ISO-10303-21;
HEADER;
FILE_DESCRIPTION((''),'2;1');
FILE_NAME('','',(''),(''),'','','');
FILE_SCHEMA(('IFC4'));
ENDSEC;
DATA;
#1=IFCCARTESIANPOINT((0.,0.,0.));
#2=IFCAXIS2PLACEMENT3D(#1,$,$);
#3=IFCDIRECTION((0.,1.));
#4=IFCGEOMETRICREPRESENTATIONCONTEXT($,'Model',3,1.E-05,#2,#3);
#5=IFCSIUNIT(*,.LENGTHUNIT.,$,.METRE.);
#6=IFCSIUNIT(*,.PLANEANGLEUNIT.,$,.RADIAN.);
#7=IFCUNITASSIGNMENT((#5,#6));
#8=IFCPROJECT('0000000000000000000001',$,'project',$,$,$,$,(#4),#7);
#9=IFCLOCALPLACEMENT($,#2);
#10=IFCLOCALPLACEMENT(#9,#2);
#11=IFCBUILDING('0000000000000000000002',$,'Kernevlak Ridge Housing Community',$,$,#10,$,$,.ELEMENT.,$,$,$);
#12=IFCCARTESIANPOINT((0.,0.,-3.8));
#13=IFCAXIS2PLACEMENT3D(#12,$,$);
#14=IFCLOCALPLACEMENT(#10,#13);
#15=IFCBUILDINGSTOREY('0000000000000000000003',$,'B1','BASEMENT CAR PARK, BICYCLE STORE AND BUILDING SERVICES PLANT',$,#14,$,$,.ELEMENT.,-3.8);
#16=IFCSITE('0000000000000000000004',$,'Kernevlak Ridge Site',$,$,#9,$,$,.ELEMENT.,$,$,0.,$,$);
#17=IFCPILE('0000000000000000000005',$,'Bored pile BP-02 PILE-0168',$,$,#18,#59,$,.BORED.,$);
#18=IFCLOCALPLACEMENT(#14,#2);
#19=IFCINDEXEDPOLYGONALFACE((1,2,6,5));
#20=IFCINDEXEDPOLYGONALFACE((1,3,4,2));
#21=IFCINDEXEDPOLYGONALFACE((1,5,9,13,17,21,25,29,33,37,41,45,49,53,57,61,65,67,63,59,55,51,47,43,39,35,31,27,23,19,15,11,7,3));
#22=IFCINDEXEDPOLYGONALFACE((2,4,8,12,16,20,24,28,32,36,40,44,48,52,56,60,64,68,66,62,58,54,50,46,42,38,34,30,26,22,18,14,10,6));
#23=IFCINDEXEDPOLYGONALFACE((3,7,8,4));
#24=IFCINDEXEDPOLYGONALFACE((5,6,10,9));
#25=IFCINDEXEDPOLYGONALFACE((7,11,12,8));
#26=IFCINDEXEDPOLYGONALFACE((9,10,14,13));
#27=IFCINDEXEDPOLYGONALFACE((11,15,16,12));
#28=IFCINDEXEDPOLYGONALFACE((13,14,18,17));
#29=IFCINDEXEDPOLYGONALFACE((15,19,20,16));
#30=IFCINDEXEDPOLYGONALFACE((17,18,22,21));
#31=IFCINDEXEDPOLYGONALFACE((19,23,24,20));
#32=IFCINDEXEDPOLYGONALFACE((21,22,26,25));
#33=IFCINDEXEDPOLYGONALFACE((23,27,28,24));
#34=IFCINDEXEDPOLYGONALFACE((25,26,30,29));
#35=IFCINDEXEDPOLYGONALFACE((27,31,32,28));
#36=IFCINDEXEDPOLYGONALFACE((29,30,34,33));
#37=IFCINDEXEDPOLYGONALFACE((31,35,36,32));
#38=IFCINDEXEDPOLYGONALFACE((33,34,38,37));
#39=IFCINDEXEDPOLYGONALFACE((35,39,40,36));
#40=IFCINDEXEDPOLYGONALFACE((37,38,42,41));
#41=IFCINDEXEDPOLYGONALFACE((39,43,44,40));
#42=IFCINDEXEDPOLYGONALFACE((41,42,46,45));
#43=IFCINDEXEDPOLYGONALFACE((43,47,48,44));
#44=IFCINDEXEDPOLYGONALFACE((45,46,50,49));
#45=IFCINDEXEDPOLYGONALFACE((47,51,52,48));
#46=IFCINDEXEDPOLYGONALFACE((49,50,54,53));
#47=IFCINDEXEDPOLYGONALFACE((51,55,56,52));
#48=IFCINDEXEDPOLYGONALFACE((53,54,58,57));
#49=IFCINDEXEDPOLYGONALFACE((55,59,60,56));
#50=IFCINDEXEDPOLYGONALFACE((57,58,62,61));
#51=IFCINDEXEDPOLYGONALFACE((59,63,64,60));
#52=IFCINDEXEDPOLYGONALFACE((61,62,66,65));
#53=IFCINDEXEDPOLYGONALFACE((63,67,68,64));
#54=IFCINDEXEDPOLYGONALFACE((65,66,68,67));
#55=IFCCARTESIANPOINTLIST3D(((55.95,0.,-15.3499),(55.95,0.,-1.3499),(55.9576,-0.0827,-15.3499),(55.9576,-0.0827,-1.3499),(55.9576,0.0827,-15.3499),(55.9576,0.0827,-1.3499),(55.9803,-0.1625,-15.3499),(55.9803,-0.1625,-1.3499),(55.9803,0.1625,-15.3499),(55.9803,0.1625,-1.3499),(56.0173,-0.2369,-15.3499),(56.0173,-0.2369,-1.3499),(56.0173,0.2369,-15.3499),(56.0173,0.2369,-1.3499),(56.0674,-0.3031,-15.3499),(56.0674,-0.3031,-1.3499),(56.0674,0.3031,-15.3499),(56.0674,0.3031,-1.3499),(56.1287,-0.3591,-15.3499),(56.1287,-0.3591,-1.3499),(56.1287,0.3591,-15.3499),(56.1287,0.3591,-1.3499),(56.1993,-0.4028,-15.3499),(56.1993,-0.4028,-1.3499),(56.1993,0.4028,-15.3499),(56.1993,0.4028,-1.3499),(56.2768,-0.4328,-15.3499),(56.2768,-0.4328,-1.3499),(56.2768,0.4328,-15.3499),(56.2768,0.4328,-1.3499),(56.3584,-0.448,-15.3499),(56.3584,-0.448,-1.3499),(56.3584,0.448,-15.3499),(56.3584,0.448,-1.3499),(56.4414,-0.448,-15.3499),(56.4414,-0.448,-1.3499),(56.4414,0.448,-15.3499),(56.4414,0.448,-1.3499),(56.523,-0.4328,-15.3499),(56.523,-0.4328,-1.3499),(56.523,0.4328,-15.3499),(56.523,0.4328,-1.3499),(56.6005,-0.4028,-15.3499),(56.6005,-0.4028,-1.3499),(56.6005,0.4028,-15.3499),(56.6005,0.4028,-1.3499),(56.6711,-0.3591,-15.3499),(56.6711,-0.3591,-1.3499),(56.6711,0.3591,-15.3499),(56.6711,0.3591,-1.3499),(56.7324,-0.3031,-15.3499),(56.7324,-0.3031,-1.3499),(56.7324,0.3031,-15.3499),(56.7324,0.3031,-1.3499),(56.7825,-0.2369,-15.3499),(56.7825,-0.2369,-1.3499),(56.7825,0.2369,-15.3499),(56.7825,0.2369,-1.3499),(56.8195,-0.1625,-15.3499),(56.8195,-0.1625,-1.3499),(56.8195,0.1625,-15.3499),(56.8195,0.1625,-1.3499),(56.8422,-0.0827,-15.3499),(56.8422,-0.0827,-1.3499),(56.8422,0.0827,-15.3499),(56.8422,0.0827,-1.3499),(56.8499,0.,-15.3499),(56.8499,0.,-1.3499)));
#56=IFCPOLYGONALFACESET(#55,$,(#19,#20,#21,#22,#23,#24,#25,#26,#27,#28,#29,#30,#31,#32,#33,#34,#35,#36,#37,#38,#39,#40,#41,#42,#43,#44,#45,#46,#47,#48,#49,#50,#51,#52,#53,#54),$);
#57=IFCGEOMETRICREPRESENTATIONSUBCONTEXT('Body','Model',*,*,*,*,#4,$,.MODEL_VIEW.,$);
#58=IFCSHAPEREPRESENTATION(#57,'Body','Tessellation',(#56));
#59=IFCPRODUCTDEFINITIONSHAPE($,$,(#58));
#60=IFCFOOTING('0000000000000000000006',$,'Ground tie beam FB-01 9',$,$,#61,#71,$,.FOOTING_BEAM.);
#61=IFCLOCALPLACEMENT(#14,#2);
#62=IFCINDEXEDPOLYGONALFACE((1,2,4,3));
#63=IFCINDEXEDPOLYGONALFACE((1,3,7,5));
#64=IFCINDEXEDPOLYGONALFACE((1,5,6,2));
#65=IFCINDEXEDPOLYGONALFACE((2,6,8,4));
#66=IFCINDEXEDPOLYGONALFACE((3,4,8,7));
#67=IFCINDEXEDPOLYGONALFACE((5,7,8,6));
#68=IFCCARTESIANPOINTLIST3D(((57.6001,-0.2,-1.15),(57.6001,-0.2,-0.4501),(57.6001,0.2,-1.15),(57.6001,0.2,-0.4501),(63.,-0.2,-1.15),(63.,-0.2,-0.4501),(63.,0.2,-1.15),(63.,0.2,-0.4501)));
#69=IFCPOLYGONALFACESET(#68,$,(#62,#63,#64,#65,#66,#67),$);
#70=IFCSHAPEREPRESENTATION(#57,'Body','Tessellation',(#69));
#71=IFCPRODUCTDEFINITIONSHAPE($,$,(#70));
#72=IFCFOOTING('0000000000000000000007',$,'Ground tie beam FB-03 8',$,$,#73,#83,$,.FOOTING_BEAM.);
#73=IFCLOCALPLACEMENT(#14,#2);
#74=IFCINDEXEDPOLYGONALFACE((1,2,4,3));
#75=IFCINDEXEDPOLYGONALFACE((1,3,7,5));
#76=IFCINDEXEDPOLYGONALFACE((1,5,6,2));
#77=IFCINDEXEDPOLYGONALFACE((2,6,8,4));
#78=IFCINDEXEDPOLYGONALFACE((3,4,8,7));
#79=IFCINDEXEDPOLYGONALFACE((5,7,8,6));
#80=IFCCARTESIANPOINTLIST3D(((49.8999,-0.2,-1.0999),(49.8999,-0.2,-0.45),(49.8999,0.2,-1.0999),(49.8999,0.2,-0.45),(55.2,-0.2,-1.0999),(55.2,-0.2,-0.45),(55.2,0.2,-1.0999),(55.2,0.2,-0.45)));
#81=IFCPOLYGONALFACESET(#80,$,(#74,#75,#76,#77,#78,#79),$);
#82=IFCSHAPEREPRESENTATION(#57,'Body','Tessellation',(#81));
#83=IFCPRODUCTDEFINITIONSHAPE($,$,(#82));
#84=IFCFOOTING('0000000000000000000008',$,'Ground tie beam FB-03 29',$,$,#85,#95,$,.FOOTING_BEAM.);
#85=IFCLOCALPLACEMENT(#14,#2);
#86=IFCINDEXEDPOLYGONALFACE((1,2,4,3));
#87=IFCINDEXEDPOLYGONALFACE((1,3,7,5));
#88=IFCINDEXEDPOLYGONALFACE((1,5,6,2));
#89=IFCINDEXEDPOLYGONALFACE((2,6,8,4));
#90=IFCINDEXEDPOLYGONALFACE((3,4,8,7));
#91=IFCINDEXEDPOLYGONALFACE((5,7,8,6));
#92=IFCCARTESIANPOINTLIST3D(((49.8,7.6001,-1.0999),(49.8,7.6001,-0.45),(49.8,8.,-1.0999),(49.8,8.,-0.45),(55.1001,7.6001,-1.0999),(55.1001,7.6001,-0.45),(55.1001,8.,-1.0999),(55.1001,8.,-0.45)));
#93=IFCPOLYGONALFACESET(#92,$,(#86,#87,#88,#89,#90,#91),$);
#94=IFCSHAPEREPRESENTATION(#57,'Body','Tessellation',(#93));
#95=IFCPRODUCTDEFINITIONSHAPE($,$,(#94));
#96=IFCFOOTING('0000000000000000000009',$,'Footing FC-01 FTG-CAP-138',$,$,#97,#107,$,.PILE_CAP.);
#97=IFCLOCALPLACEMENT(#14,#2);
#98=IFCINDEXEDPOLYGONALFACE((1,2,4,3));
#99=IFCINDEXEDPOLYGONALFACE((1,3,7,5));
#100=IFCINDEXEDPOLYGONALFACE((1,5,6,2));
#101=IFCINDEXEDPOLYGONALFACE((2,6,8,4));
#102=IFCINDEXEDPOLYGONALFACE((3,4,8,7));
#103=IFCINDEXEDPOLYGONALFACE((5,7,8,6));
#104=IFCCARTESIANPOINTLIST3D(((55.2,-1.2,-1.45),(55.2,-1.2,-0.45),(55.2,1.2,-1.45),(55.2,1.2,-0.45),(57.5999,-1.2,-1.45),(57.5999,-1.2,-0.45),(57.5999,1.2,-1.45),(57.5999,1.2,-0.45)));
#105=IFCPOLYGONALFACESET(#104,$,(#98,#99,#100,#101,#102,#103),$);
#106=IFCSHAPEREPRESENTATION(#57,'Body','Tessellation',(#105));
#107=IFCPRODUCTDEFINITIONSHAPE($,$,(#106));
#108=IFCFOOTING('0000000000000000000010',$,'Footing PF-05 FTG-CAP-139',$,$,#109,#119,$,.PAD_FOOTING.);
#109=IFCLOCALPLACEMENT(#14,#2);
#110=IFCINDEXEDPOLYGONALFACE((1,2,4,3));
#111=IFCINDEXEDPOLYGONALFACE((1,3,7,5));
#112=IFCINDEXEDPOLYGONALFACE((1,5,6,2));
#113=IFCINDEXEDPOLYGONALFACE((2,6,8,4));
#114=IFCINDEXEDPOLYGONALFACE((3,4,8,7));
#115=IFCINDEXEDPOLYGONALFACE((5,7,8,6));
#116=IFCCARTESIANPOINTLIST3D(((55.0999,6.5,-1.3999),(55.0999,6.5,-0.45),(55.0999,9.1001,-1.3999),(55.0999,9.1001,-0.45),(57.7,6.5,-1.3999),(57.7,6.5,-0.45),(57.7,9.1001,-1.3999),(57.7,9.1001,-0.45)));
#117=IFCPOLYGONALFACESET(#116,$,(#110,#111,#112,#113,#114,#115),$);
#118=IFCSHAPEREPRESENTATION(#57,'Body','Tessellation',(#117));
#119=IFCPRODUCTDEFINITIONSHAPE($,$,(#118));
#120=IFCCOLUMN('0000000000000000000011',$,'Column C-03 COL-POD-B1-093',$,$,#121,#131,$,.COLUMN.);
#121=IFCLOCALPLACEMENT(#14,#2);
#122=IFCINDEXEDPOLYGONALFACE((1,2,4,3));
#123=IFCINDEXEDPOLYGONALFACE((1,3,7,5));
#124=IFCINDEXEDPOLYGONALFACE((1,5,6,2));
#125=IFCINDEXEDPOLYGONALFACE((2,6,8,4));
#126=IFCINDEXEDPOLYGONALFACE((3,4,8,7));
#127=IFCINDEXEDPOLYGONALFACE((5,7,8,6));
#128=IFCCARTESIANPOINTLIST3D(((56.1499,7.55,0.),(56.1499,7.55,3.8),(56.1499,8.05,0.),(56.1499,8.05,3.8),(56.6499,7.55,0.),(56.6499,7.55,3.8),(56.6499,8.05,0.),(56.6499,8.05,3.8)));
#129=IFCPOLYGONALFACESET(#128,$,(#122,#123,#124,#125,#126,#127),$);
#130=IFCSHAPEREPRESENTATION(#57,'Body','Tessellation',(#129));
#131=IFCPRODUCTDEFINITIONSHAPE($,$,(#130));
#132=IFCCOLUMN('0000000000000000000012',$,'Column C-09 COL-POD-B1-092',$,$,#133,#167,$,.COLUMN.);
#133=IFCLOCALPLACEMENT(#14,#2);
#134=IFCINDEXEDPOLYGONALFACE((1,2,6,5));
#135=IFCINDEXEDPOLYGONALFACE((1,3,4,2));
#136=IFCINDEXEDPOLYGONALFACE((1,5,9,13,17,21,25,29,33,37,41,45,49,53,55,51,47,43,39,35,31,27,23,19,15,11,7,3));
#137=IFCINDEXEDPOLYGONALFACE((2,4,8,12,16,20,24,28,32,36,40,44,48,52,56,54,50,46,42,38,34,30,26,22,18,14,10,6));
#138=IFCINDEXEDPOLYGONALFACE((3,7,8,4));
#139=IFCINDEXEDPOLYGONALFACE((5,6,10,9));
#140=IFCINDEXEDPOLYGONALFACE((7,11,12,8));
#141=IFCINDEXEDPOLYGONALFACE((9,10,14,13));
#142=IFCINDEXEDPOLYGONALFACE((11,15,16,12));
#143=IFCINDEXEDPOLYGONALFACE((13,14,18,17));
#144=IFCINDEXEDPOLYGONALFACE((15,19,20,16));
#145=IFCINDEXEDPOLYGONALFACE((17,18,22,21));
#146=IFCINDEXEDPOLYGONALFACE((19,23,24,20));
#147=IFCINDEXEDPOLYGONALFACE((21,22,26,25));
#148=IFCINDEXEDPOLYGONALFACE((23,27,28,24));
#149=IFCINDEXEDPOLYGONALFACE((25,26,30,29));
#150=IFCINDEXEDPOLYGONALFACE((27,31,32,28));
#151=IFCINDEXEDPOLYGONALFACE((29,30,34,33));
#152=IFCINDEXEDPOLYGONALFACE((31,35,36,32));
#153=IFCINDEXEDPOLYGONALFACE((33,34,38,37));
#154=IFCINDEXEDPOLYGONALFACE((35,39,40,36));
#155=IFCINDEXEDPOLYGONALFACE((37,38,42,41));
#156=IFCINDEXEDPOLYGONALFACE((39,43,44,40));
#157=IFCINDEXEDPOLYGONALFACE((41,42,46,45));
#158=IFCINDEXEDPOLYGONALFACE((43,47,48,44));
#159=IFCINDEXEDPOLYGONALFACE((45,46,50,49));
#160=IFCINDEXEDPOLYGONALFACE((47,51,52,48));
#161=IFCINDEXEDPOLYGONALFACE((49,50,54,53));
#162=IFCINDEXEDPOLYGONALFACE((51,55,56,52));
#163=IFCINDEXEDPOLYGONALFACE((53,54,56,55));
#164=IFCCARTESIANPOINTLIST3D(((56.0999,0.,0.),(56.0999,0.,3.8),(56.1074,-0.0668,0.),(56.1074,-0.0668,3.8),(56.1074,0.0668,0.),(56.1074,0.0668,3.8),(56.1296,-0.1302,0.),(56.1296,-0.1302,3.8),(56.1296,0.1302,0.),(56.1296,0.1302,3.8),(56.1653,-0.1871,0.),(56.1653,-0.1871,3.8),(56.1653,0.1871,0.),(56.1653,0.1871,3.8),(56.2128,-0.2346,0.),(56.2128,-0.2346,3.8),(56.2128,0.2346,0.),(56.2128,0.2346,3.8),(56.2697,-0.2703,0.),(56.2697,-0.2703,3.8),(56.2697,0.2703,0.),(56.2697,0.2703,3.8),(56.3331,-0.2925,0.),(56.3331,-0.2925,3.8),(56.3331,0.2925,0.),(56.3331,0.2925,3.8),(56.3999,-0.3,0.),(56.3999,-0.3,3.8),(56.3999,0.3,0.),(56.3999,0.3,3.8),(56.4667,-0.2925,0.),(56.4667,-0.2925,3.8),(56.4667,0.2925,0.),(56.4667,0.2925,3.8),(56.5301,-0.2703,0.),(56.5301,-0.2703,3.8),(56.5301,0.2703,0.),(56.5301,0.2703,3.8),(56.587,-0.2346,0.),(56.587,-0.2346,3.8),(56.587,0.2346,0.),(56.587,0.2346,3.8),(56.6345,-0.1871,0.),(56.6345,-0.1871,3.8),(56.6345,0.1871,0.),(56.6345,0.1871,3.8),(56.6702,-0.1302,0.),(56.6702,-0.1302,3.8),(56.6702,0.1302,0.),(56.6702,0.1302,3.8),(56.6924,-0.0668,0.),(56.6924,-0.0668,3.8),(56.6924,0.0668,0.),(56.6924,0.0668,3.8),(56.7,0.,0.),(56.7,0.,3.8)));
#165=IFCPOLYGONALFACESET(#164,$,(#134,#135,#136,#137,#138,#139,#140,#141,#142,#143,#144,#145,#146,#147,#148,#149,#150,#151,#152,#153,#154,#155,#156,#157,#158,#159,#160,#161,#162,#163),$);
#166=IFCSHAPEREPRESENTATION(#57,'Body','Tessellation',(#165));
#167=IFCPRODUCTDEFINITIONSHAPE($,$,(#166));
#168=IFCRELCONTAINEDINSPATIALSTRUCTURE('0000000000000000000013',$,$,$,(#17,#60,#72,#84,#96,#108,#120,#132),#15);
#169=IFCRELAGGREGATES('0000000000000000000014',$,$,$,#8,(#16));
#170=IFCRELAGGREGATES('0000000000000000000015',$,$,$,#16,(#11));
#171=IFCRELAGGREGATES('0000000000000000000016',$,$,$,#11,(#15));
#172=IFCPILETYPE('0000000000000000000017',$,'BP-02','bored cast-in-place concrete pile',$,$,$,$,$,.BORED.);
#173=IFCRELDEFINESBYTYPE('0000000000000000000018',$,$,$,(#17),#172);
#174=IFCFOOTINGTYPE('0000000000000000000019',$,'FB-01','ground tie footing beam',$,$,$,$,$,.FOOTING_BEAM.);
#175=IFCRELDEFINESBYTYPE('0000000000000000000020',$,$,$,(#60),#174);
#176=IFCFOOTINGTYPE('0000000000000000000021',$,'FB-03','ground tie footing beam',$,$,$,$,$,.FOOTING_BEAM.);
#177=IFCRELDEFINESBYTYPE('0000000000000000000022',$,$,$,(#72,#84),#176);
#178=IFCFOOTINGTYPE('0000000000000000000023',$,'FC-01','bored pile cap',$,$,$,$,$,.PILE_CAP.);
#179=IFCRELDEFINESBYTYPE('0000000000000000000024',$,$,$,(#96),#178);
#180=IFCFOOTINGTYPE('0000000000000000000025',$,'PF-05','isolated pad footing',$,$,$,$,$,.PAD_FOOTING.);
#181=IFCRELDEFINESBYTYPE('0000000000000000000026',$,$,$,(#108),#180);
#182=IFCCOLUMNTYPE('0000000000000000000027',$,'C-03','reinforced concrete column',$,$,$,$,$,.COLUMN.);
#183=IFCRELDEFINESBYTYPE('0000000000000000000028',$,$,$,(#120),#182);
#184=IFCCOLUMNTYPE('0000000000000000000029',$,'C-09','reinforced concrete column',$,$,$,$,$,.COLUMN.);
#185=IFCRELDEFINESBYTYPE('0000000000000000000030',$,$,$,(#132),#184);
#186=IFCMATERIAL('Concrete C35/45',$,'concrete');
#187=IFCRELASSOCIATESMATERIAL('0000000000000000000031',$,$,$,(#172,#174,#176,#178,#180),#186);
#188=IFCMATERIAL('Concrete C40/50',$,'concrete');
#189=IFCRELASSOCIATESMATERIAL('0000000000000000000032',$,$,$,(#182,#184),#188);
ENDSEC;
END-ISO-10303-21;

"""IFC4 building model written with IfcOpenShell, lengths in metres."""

from ifc_helpers import new_model, si_unit, direction, frame, origin, origin_2d, place, context, subcontext, project, spatial, rectangle, circle, extrude, material, material_profile, profile_set, type_object, element, save


model = new_model("IFC4")

# Units and contexts
model_context = context("Model", 3, precision=1e-05, world=origin(), true_north=direction((0.0, 1.0)))
body_context = subcontext(model_context, "Body", "Model", "MODEL_VIEW")
ifc_project = project(units=[si_unit("LENGTHUNIT", "METRE"), si_unit("PLANEANGLEUNIT", "RADIAN")], contexts=[model_context])

# Site, building, storey
site_placement = place(None, origin())
site = spatial("IfcSite", under=ifc_project, at=site_placement, Name="Kernevlak Ridge Site", CompositionType="ELEMENT", RefElevation=0.0)
building_placement = place(site_placement, origin())
building = spatial("IfcBuilding", under=site, at=building_placement, Name="Kernevlak Ridge Housing Community", CompositionType="ELEMENT")
storey_placement = place(building_placement, frame((0.0, 0.0, -3.8)))
storey = spatial("IfcBuildingStorey", under=building, at=storey_placement, Name="B1", Description="BASEMENT CAR PARK, BICYCLE STORE AND BUILDING SERVICES PLANT", CompositionType="ELEMENT", Elevation=-3.8)

# Pile
ifc_material_1 = material(Name="Concrete C35/45", Category="concrete")
ifc_material_profile_1 = material_profile(ifc_material_1, circle(Radius=0.45, at=origin_2d()), Name="BORED PILE 900")
ifc_profile_set_1 = profile_set([ifc_material_profile_1], Name="Concrete C35/45")
pile_type = type_object("IfcPileType", Name="BP-02", Description="bored cast-in-place concrete pile", PredefinedType="BORED", material=ifc_profile_set_1)
pile_placement = place(storey_placement, frame((56.3999, 0.0, -1.3499), z_axis=(0.0, 0.0, -1.0), x_axis=(1.0, 0.0, 0.0)))
element("IfcPile", 1, at=pile_placement, inside=storey, type_object=pile_type, Name="Bored pile BP-02 PILE-0168", PredefinedType="BORED", context=body_context, shape_type="SweptSolid", body=[
    extrude(circle(Radius=0.45, at=origin_2d()), origin(), (0.0, 0.0, 1.0), 14.0),
])

# Footings
ifc_material_profile_2 = material_profile(ifc_material_1, rectangle(XDim=0.3999, YDim=0.7, at=origin_2d()), Name="RC 400x700")
ifc_profile_set_2 = profile_set([ifc_material_profile_2], Name="Concrete C35/45")
footing_type_1 = type_object("IfcFootingType", Name="FB-01", Description="ground tie footing beam", PredefinedType="FOOTING_BEAM", material=ifc_profile_set_2)
footing_1_placement = place(storey_placement, frame((57.6001, 0.0, -0.8), z_axis=(1.0, 0.0, 0.0), x_axis=(0.0, 1.0, 0.0)))
element("IfcFooting", 2, at=footing_1_placement, inside=storey, type_object=footing_type_1, Name="Ground tie beam FB-01 9", PredefinedType="FOOTING_BEAM", context=body_context, shape_type="SweptSolid", body=[
    extrude(rectangle(XDim=0.3999, YDim=0.7, at=origin_2d()), origin(), (0.0, 0.0, 1.0), 5.3999),
])
ifc_material_profile_3 = material_profile(ifc_material_1, rectangle(XDim=0.3999, YDim=0.6499, at=origin_2d()), Name="RC 400x650")
ifc_profile_set_3 = profile_set([ifc_material_profile_3], Name="Concrete C35/45")
footing_type_2 = type_object("IfcFootingType", Name="FB-03", Description="ground tie footing beam", PredefinedType="FOOTING_BEAM", material=ifc_profile_set_3)
for number, where, z_axis, x_axis, name in (
    (3, (49.8999, 0.0, -0.7749), (1.0, 0.0, 0.0), (0.0, 1.0, 0.0), "Ground tie beam FB-03 8"),
    (4, (49.8, 7.8, -0.7749), (1.0, 0.0, 0.0), (0.0, 1.0, 0.0), "Ground tie beam FB-03 29"),
):
    element("IfcFooting", number, at=place(storey_placement, frame(where, z_axis=z_axis, x_axis=x_axis)), inside=storey, type_object=footing_type_2, Name=name, PredefinedType="FOOTING_BEAM", context=body_context, shape_type="SweptSolid", body=[
        extrude(rectangle(XDim=0.3999, YDim=0.6499, at=origin_2d()), origin(), (0.0, 0.0, 1.0), 5.3),
    ])
footing_type_3 = type_object("IfcFootingType", Name="FC-01", Description="bored pile cap", PredefinedType="PILE_CAP", material=ifc_material_1)
footing_2_placement = place(storey_placement, frame((56.3999, 0.0, -1.45), z_axis=(0.0, 0.0, 1.0), x_axis=(1.0, 0.0, 0.0)))
element("IfcFooting", 5, at=footing_2_placement, inside=storey, type_object=footing_type_3, Name="Footing FC-01 FTG-CAP-138", PredefinedType="PILE_CAP", context=body_context, shape_type="SweptSolid", body=[
    extrude(rectangle(XDim=2.3999, YDim=2.3999, at=origin_2d()), origin(), (0.0, 0.0, 1.0), 1.0),
])
footing_type_4 = type_object("IfcFootingType", Name="PF-05", Description="isolated pad footing", PredefinedType="PAD_FOOTING", material=ifc_material_1)
footing_3_placement = place(storey_placement, frame((56.3999, 7.8, -1.3999), z_axis=(0.0, 0.0, 1.0), x_axis=(1.0, 0.0, 0.0)))
element("IfcFooting", 6, at=footing_3_placement, inside=storey, type_object=footing_type_4, Name="Footing PF-05 FTG-CAP-139", PredefinedType="PAD_FOOTING", context=body_context, shape_type="SweptSolid", body=[
    extrude(rectangle(XDim=2.6001, YDim=2.6001, at=origin_2d()), origin(), (0.0, 0.0, 1.0), 0.95),
])

# Columns
ifc_material_2 = material(Name="Concrete C40/50", Category="concrete")
ifc_material_profile_4 = material_profile(ifc_material_2, rectangle(XDim=0.5, YDim=0.5, at=origin_2d()), Name="RC 500x500")
ifc_profile_set_4 = profile_set([ifc_material_profile_4], Name="Concrete C40/50")
column_type_1 = type_object("IfcColumnType", Name="C-03", Description="reinforced concrete column", PredefinedType="COLUMN", material=ifc_profile_set_4)
column_placement = place(storey_placement, frame((56.3999, 7.8, 0.0), z_axis=(0.0, 0.0, 1.0), x_axis=(1.0, 0.0, 0.0)))
element("IfcColumn", 7, at=column_placement, inside=storey, type_object=column_type_1, Name="Column C-03 COL-POD-B1-093", PredefinedType="COLUMN", context=body_context, shape_type="SweptSolid", body=[
    extrude(rectangle(XDim=0.5, YDim=0.5, at=origin_2d()), origin(), (0.0, 0.0, 1.0), 3.8),
])
ifc_material_profile_5 = material_profile(ifc_material_2, circle(Radius=0.3, at=origin_2d()), Name="RC D600")
ifc_profile_set_5 = profile_set([ifc_material_profile_5], Name="Concrete C40/50")
column_type_2 = type_object("IfcColumnType", Name="C-09", Description="reinforced concrete column", PredefinedType="COLUMN", material=ifc_profile_set_5)
for number, where, z_axis, x_axis, name in (
    (8, (56.3999, 0.0, 0.0), (0.0, 0.0, 1.0), (1.0, 0.0, 0.0), "Column C-09 COL-POD-B1-092"),
):
    element("IfcColumn", number, at=place(storey_placement, frame(where, z_axis=z_axis, x_axis=x_axis)), inside=storey, type_object=column_type_2, Name=name, PredefinedType="COLUMN", context=body_context, shape_type="SweptSolid", body=[
        extrude(circle(Radius=0.3, at=origin_2d()), origin(), (0.0, 0.0, 1.0), 3.8),
    ])

save(model, "model.ifc")
